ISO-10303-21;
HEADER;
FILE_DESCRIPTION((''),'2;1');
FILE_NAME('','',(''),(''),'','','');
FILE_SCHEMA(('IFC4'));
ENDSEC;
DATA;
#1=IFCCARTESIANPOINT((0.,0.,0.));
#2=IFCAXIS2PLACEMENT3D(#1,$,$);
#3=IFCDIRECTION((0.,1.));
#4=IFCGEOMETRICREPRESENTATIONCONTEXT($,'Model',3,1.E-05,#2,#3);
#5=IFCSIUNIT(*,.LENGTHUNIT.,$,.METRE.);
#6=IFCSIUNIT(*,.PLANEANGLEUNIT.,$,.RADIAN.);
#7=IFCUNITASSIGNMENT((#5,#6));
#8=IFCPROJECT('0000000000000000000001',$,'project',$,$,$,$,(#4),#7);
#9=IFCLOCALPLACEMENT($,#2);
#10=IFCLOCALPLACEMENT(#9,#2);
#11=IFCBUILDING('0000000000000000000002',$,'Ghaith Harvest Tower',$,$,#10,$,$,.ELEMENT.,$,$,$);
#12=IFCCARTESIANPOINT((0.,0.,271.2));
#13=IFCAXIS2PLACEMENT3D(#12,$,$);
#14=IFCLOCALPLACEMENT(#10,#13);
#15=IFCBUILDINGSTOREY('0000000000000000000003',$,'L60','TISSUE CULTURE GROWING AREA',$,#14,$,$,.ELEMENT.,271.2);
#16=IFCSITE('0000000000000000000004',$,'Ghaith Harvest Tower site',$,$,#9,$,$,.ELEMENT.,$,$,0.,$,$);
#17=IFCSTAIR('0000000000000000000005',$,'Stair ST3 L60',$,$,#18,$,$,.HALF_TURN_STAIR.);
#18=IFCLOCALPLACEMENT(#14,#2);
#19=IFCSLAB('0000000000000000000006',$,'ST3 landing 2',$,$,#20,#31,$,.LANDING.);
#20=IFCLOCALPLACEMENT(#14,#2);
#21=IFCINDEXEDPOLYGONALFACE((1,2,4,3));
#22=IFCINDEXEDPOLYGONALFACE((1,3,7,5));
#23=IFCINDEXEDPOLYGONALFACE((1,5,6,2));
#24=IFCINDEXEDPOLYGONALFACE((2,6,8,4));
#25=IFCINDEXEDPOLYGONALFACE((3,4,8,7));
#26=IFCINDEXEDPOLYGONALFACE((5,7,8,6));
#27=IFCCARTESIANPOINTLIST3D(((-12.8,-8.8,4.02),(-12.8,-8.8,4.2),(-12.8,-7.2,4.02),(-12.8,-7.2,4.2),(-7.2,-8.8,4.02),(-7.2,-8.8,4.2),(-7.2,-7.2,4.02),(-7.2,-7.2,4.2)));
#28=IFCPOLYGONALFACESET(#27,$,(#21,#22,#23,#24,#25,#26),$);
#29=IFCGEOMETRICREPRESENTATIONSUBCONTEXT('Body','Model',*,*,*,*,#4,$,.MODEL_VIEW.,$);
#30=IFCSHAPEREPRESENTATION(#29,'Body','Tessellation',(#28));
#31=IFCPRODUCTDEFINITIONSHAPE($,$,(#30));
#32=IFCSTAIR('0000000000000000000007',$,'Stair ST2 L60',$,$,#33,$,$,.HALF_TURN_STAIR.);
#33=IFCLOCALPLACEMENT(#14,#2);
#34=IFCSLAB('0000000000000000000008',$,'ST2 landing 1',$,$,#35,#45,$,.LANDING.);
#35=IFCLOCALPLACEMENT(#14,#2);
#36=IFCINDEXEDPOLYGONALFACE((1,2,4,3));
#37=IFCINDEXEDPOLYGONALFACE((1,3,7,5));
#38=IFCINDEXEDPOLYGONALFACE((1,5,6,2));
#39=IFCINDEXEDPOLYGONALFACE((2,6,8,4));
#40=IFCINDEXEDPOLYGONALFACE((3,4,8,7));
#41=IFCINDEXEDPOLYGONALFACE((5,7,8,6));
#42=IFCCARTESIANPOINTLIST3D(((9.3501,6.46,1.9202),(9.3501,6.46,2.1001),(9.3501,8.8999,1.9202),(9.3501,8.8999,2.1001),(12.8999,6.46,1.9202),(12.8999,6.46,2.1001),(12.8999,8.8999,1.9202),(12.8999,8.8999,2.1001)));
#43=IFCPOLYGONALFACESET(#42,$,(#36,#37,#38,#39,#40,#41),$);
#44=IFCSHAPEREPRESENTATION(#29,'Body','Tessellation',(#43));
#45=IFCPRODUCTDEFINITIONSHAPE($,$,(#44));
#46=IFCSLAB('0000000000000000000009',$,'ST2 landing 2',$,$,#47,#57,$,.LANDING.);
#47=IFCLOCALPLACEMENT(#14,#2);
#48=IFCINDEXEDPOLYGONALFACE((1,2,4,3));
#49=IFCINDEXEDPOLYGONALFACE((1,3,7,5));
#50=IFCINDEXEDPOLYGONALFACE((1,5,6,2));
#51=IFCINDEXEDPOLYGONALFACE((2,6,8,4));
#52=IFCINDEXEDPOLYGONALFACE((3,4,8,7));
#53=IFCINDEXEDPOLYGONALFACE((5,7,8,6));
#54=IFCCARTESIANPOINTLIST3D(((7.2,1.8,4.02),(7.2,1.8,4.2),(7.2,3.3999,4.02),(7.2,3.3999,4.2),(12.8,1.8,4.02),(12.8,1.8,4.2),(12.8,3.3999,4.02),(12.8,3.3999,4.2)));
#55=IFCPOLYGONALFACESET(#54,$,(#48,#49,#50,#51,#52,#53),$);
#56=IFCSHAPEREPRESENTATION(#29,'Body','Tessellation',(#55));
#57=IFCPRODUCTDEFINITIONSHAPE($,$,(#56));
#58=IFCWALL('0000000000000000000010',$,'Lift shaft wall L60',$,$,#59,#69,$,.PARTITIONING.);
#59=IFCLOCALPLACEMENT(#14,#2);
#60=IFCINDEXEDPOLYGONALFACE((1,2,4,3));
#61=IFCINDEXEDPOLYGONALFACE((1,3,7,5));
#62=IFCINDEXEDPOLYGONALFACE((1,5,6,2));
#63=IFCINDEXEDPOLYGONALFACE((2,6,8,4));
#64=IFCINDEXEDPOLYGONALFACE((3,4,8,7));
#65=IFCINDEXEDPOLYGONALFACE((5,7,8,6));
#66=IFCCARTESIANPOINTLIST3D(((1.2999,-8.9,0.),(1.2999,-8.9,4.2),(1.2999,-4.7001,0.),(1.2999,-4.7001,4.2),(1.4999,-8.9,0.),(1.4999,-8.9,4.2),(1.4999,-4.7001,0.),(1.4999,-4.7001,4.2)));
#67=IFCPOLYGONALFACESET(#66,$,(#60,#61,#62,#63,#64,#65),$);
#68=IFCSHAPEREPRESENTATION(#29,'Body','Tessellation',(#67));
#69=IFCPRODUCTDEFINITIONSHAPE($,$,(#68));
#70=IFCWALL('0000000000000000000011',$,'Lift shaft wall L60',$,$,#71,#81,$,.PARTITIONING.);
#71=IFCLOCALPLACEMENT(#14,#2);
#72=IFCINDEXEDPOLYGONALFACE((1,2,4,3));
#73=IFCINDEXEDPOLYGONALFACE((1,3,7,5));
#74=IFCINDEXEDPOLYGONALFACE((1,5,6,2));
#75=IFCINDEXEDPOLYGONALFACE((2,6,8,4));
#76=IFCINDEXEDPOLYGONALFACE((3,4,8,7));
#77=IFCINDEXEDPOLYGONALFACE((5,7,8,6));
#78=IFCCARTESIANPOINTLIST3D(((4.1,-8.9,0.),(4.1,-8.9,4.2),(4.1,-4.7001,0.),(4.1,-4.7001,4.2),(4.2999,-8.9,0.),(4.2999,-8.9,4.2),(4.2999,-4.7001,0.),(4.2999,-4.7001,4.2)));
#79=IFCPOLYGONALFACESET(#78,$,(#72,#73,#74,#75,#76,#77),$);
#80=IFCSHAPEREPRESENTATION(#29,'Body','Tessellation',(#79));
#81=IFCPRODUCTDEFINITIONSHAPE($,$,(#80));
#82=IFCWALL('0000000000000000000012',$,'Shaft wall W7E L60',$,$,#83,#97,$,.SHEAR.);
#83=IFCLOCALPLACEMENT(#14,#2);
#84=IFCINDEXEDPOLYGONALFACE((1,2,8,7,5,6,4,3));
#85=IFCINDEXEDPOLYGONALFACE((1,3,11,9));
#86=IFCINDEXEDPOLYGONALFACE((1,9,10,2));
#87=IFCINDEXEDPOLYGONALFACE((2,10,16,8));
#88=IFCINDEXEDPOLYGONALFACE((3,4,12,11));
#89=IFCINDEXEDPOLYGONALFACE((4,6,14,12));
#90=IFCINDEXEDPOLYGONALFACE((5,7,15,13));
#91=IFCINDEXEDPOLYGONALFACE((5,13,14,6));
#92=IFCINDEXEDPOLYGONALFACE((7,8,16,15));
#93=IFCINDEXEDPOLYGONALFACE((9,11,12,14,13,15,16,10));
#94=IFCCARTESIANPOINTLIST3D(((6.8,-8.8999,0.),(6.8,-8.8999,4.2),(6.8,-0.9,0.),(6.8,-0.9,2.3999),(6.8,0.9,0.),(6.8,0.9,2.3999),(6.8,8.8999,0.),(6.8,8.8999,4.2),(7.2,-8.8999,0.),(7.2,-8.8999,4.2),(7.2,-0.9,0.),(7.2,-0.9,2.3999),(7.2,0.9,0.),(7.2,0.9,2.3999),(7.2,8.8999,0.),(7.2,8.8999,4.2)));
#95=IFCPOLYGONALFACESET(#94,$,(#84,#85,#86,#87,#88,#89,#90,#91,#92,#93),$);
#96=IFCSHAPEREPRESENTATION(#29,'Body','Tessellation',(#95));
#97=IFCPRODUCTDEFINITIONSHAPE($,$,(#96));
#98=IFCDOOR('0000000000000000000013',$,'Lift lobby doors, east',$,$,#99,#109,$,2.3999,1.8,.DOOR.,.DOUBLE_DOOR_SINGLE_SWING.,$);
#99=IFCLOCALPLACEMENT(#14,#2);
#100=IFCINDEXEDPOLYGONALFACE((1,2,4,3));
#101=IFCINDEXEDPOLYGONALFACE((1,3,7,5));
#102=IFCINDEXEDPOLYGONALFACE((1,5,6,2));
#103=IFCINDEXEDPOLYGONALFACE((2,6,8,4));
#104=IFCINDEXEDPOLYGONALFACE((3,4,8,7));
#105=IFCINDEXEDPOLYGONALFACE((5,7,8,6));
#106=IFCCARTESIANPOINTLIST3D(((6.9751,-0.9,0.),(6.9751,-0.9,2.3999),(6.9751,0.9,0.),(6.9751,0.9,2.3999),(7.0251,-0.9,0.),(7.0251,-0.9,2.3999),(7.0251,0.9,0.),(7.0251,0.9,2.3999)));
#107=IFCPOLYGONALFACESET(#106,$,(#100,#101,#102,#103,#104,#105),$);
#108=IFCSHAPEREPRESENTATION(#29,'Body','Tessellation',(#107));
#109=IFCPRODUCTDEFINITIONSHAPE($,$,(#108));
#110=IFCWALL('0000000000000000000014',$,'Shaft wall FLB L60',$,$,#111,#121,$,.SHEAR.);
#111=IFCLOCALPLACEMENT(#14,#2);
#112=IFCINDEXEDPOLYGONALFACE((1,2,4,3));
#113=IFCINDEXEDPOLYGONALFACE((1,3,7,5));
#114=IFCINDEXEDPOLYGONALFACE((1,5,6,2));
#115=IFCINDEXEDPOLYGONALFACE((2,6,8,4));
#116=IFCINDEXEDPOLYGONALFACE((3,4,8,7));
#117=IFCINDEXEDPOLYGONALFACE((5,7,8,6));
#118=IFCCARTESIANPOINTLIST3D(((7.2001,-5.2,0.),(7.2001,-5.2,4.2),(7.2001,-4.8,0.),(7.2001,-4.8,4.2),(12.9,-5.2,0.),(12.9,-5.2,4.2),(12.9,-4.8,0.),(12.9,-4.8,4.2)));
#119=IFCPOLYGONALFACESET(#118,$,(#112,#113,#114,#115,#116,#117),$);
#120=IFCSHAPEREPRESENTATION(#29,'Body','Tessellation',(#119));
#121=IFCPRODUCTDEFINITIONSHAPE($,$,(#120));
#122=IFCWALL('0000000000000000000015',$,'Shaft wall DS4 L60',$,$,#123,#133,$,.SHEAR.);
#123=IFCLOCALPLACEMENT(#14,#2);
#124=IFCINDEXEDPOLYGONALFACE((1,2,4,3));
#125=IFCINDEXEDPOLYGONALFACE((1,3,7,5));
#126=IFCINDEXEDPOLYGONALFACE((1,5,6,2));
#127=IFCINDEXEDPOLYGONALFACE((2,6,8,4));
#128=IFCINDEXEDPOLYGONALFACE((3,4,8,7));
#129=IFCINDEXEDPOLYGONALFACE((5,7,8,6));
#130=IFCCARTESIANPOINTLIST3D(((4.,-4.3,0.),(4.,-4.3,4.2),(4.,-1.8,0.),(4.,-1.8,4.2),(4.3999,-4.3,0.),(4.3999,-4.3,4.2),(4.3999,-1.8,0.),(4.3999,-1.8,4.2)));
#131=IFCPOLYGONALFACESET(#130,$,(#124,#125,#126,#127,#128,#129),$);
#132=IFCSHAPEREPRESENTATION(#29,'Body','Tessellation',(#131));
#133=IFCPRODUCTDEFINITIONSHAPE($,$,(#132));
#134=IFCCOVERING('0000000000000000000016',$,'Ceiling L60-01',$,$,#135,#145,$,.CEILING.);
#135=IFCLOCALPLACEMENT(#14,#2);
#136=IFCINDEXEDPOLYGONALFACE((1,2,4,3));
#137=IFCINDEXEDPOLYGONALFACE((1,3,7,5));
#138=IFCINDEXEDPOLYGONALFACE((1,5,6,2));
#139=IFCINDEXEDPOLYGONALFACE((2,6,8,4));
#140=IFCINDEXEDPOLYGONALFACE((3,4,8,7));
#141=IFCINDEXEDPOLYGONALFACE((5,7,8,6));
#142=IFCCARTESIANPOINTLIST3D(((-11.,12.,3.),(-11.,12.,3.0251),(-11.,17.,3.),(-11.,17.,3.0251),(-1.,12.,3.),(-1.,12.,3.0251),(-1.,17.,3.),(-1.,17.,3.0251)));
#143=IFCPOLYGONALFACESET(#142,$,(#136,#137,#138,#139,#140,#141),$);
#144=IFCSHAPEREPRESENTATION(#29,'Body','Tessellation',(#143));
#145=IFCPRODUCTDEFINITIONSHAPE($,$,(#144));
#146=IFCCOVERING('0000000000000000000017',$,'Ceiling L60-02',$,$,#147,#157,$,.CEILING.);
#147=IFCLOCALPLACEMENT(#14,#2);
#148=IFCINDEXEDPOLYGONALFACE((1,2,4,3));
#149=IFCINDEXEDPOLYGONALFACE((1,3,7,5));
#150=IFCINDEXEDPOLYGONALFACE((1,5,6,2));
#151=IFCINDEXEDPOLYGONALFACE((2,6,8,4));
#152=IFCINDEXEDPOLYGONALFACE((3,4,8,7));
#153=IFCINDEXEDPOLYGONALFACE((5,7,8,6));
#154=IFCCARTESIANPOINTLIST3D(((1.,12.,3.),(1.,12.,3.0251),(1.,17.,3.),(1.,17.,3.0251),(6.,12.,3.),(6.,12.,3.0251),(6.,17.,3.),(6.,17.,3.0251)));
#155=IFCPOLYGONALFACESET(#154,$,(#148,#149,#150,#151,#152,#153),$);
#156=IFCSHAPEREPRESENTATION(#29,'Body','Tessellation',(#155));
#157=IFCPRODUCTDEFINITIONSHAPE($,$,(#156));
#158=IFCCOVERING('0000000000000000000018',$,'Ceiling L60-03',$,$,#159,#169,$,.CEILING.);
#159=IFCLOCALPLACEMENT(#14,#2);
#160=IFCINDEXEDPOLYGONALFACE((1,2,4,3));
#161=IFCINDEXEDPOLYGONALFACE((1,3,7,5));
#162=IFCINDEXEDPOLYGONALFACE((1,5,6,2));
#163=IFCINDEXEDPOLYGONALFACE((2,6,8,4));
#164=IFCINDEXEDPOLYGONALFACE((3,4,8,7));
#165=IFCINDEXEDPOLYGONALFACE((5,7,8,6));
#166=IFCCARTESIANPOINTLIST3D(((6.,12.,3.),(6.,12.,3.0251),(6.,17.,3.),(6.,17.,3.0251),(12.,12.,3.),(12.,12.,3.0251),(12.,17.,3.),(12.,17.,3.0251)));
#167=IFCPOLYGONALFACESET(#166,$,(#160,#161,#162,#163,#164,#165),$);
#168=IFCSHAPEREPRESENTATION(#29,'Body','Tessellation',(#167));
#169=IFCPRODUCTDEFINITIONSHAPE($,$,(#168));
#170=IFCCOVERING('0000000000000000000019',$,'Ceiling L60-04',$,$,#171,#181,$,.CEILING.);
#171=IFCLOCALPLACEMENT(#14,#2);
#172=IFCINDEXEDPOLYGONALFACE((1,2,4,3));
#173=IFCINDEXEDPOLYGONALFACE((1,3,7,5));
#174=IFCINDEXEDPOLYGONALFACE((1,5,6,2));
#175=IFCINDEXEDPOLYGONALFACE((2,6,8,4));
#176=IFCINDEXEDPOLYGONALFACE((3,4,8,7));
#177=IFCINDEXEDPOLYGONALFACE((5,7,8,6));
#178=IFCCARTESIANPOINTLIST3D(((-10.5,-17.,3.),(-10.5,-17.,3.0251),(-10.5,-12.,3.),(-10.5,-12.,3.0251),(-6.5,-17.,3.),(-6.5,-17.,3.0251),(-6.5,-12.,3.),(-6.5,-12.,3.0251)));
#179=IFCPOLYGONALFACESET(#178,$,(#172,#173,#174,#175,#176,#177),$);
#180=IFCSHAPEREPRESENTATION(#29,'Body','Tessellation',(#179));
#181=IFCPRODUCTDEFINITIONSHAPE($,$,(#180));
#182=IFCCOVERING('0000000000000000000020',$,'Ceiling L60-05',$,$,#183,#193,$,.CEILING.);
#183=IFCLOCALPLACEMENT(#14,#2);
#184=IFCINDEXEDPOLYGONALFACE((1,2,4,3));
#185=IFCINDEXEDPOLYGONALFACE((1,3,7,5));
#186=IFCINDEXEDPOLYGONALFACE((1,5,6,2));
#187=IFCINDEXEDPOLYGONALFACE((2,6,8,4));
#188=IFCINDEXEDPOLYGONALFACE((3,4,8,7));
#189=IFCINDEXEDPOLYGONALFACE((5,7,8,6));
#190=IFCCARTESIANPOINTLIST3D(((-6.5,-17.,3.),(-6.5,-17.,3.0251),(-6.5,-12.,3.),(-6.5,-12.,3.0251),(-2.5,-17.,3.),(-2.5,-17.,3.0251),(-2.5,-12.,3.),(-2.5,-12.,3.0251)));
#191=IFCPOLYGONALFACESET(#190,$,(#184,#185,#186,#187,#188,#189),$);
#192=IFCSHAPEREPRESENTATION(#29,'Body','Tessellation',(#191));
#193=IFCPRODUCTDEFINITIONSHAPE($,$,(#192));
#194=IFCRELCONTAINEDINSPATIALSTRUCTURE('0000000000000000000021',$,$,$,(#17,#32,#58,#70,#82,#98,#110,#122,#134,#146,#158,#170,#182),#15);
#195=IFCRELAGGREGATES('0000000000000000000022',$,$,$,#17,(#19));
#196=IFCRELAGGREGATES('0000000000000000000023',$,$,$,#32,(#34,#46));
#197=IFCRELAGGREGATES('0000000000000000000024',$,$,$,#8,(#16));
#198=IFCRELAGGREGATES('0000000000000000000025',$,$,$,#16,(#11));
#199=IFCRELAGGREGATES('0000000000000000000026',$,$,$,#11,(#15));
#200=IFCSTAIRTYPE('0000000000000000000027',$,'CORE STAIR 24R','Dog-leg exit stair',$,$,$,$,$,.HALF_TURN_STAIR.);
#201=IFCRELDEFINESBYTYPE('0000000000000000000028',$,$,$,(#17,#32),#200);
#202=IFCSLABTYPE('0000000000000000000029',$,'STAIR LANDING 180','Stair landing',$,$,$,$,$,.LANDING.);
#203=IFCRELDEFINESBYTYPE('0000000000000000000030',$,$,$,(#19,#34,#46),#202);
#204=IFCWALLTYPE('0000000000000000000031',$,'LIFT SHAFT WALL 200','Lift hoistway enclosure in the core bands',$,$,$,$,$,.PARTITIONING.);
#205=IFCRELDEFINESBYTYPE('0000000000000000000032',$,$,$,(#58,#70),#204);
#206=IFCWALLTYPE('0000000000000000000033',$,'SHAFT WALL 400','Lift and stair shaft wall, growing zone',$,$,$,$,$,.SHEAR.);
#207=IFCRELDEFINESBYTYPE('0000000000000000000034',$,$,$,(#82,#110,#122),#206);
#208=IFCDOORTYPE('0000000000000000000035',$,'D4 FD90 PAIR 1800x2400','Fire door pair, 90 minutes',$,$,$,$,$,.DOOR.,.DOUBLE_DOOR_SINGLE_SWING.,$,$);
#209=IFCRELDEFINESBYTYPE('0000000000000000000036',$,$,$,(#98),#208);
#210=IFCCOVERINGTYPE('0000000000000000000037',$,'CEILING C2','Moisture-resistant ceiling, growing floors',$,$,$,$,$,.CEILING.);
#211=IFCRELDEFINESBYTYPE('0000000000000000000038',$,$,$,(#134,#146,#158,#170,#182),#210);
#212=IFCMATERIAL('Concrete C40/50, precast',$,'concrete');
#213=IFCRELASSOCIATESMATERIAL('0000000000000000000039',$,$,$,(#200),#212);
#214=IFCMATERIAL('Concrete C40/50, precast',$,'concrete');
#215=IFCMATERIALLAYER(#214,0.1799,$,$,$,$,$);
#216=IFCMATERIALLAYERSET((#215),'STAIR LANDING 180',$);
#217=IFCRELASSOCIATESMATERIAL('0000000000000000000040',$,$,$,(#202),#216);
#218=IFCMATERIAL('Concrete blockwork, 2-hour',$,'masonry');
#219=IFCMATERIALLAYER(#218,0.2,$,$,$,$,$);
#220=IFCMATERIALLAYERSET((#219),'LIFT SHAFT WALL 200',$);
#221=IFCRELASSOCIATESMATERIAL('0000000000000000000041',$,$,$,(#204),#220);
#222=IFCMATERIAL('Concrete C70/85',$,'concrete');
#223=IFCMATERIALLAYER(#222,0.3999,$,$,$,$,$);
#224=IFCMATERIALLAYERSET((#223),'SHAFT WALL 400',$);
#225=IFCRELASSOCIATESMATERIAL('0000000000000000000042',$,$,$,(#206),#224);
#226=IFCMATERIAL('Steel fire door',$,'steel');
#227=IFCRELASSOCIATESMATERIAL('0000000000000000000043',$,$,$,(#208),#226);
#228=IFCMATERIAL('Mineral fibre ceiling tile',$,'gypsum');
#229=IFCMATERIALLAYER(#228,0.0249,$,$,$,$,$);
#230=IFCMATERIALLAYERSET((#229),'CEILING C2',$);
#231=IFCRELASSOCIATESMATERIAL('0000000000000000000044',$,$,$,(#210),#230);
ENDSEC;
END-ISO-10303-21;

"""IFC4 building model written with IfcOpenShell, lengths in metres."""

from ifc_helpers import new_model, si_unit, direction, frame, frame_2d, origin, place, context, subcontext, project, spatial, polyline, rectangle, outline, extrude, material, layer, layer_set, type_object, element, fill, aggregate, save


model = new_model("IFC4")

# Units and contexts
model_context = context("Model", 3, precision=1e-05, world=origin(), true_north=direction((0.0, 1.0)))
body_context = subcontext(model_context, "Body", "Model", "MODEL_VIEW")
ifc_project = project(units=[si_unit("LENGTHUNIT", "METRE"), si_unit("PLANEANGLEUNIT", "RADIAN")], contexts=[model_context])

# Site, building, storey
site_placement = place(None, origin())
site = spatial("IfcSite", under=ifc_project, at=site_placement, Name="Ghaith Harvest Tower site", CompositionType="ELEMENT", RefElevation=0.0)
building_placement = place(site_placement, origin())
building = spatial("IfcBuilding", under=site, at=building_placement, Name="Ghaith Harvest Tower", CompositionType="ELEMENT")
storey_placement = place(building_placement, frame((0.0, 0.0, 271.2)))
storey = spatial("IfcBuildingStorey", under=building, at=storey_placement, Name="L60", Description="TISSUE CULTURE GROWING AREA", CompositionType="ELEMENT", Elevation=271.2)

# Stair, slab
ifc_material_1 = material(Name="Concrete C40/50, precast", Category="concrete")
stair_type = type_object("IfcStairType", Name="CORE STAIR 24R", Description="Dog-leg exit stair", PredefinedType="HALF_TURN_STAIR", material=ifc_material_1)
stair_1_placement = place(storey_placement, origin())
stair_1 = element("IfcStair", 1, at=stair_1_placement, inside=storey, type_object=stair_type, Name="Stair ST3 L60", PredefinedType="HALF_TURN_STAIR")
ifc_material_2 = material(Name="Concrete C40/50, precast", Category="concrete")
ifc_layer_1 = layer(ifc_material_2, 0.1799)
ifc_layer_set_1 = layer_set([ifc_layer_1], Name="STAIR LANDING 180")
slab_type = type_object("IfcSlabType", Name="STAIR LANDING 180", Description="Stair landing", PredefinedType="LANDING", material=ifc_layer_set_1)
slab_1_placement = place(storey_placement, frame((0.0, 0.0, 4.02)))
slab_1 = element("IfcSlab", 2, at=slab_1_placement, type_object=slab_type, Name="ST3 landing 2", PredefinedType="LANDING", context=body_context, shape_type="SweptSolid", body=[
    extrude(outline(polyline([(-12.8, -8.8), (-12.8, -7.2), (-7.2, -7.2), (-7.2, -8.8), (-12.8, -8.8)])), origin(), (0.0, 0.0, 1.0), 0.1799),
])
aggregate(stair_1, [slab_1])

# Stair, slabs
stair_2_placement = place(storey_placement, origin())
stair_2 = element("IfcStair", 3, at=stair_2_placement, inside=storey, type_object=stair_type, Name="Stair ST2 L60", PredefinedType="HALF_TURN_STAIR")
slab_2_placement = place(storey_placement, frame((0.0, 0.0, 1.9202)))
slab_2 = element("IfcSlab", 4, at=slab_2_placement, type_object=slab_type, Name="ST2 landing 1", PredefinedType="LANDING", context=body_context, shape_type="SweptSolid", body=[
    extrude(outline(polyline([(12.8999, 6.46), (12.8999, 8.8999), (9.3501, 8.8999), (9.3501, 6.46), (12.8999, 6.46)])), origin(), (0.0, 0.0, 1.0), 0.1799),
])
slab_3_placement = place(storey_placement, frame((0.0, 0.0, 4.02)))
slab_3 = element("IfcSlab", 5, at=slab_3_placement, type_object=slab_type, Name="ST2 landing 2", PredefinedType="LANDING", context=body_context, shape_type="SweptSolid", body=[
    extrude(outline(polyline([(12.8, 1.8), (12.8, 3.3999), (7.2, 3.3999), (7.2, 1.8), (12.8, 1.8)])), origin(), (0.0, 0.0, 1.0), 0.1799),
])
aggregate(stair_2, [slab_2, slab_3])

# Walls
ifc_material_3 = material(Name="Concrete blockwork, 2-hour", Category="masonry")
ifc_layer_2 = layer(ifc_material_3, 0.2)
ifc_layer_set_2 = layer_set([ifc_layer_2], Name="LIFT SHAFT WALL 200")
wall_type_1 = type_object("IfcWallType", Name="LIFT SHAFT WALL 200", Description="Lift hoistway enclosure in the core bands", PredefinedType="PARTITIONING", material=ifc_layer_set_2)
for number, where, z_axis, x_axis, name in (
    (6, (1.3999, -4.7, 0.0), (0.0, 0.0, 1.0), (0.0, -1.0, 0.0), "Lift shaft wall L60"),
    (7, (4.2, -4.7, 0.0), (0.0, 0.0, 1.0), (0.0, -1.0, 0.0), "Lift shaft wall L60"),
):
    element("IfcWall", number, at=place(storey_placement, frame(where, z_axis=z_axis, x_axis=x_axis)), inside=storey, type_object=wall_type_1, Name=name, PredefinedType="PARTITIONING", context=body_context, shape_type="SweptSolid", body=[
        extrude(rectangle(XDim=4.2, YDim=0.2, at=frame_2d((2.1001, 0.0))), origin(), (0.0, 0.0, 1.0), 4.2),
    ])

# Wall, opening, door
ifc_material_4 = material(Name="Concrete C70/85", Category="concrete")
ifc_layer_3 = layer(ifc_material_4, 0.3999)
ifc_layer_set_3 = layer_set([ifc_layer_3], Name="SHAFT WALL 400")
wall_type_2 = type_object("IfcWallType", Name="SHAFT WALL 400", Description="Lift and stair shaft wall, growing zone", PredefinedType="SHEAR", material=ifc_layer_set_3)
wall_1_placement = place(storey_placement, frame((7.0, -8.8999, 0.0), z_axis=(0.0, 0.0, 1.0), x_axis=(0.0, 1.0, 0.0)))
wall_1 = element("IfcWall", 8, at=wall_1_placement, inside=storey, type_object=wall_type_2, Name="Shaft wall W7E L60", PredefinedType="SHEAR", context=body_context, shape_type="SweptSolid", body=[
    extrude(rectangle(XDim=17.7998, YDim=0.3999, at=frame_2d((8.8999, 0.0))), origin(), (0.0, 0.0, 1.0), 4.2),
])
opening_1_placement = place(wall_1_placement, frame((8.0, 0.0, 0.0)))
opening_1 = element("IfcOpeningElement", 9, at=opening_1_placement, cuts=wall_1, PredefinedType="OPENING", context=body_context, shape_type="SweptSolid", body=[
    extrude(rectangle(XDim=1.8, YDim=2.3999, at=frame_2d((0.8999, 1.2))), frame((0.0, 0.21, 0.0), z_axis=(0.0, -1.0, 0.0), x_axis=(1.0, 0.0, 0.0)), (0.0, 0.0, 1.0), 0.4199),
])
ifc_material_5 = material(Name="Steel fire door", Category="steel")
door_type_1 = type_object("IfcDoorType", Name="D4 FD90 PAIR 1800x2400", Description="Fire door pair, 90 minutes", OperationType="DOUBLE_DOOR_SINGLE_SWING", PredefinedType="DOOR", material=ifc_material_5)
door_1_placement = place(opening_1_placement, origin())
door_1 = element("IfcDoor", 10, at=door_1_placement, inside=storey, type_object=door_type_1, Name="Lift lobby doors, east", OperationType="DOUBLE_DOOR_SINGLE_SWING", OverallHeight=2.3999, OverallWidth=1.8, PredefinedType="DOOR", context=body_context, shape_type="SweptSolid", body=[
    extrude(rectangle(XDim=1.8, YDim=2.3999, at=frame_2d((0.8999, 1.2))), frame((0.0, 0.0249, 0.0), z_axis=(0.0, -1.0, 0.0), x_axis=(1.0, 0.0, 0.0)), (0.0, 0.0, 1.0), 0.05),
])
fill(opening_1, door_1)

# Walls
wall_2_placement = place(storey_placement, frame((7.2, -5.0, 0.0), z_axis=(0.0, 0.0, 1.0), x_axis=(1.0, 0.0, 0.0)))
element("IfcWall", 11, at=wall_2_placement, inside=storey, type_object=wall_type_2, Name="Shaft wall FLB L60", PredefinedType="SHEAR", context=body_context, shape_type="SweptSolid", body=[
    extrude(rectangle(XDim=5.7, YDim=0.3999, at=frame_2d((2.8501, 0.0))), origin(), (0.0, 0.0, 1.0), 4.2),
])
wall_3_placement = place(storey_placement, frame((4.2, -4.3, 0.0), z_axis=(0.0, 0.0, 1.0), x_axis=(0.0, 1.0, 0.0)))
element("IfcWall", 12, at=wall_3_placement, inside=storey, type_object=wall_type_2, Name="Shaft wall DS4 L60", PredefinedType="SHEAR", context=body_context, shape_type="SweptSolid", body=[
    extrude(rectangle(XDim=2.5, YDim=0.3999, at=frame_2d((1.25, 0.0))), origin(), (0.0, 0.0, 1.0), 4.2),
])

# Coverings
ifc_material_6 = material(Name="Mineral fibre ceiling tile", Category="gypsum")
ifc_layer_4 = layer(ifc_material_6, 0.0249)
ifc_layer_set_4 = layer_set([ifc_layer_4], Name="CEILING C2")
covering_type = type_object("IfcCoveringType", Name="CEILING C2", Description="Moisture-resistant ceiling, growing floors", PredefinedType="CEILING", material=ifc_layer_set_4)
covering_1_placement = place(storey_placement, frame((0.0, 0.0, 3.0)))
element("IfcCovering", 13, at=covering_1_placement, inside=storey, type_object=covering_type, Name="Ceiling L60-01", PredefinedType="CEILING", context=body_context, shape_type="SweptSolid", body=[
    extrude(outline(polyline([(-11.0, 12.0), (-1.0, 12.0), (-1.0, 17.0), (-11.0, 17.0), (-11.0, 12.0)])), origin(), (0.0, 0.0, 1.0), 0.0251),
])
covering_2_placement = place(storey_placement, frame((0.0, 0.0, 3.0)))
element("IfcCovering", 14, at=covering_2_placement, inside=storey, type_object=covering_type, Name="Ceiling L60-02", PredefinedType="CEILING", context=body_context, shape_type="SweptSolid", body=[
    extrude(outline(polyline([(1.0, 12.0), (6.0, 12.0), (6.0, 17.0), (1.0, 17.0), (1.0, 12.0)])), origin(), (0.0, 0.0, 1.0), 0.0251),
])
covering_3_placement = place(storey_placement, frame((0.0, 0.0, 3.0)))
element("IfcCovering", 15, at=covering_3_placement, inside=storey, type_object=covering_type, Name="Ceiling L60-03", PredefinedType="CEILING", context=body_context, shape_type="SweptSolid", body=[
    extrude(outline(polyline([(6.0, 12.0), (12.0, 12.0), (12.0, 17.0), (6.0, 17.0), (6.0, 12.0)])), origin(), (0.0, 0.0, 1.0), 0.0251),
])
covering_4_placement = place(storey_placement, frame((0.0, 0.0, 3.0)))
element("IfcCovering", 16, at=covering_4_placement, inside=storey, type_object=covering_type, Name="Ceiling L60-04", PredefinedType="CEILING", context=body_context, shape_type="SweptSolid", body=[
    extrude(outline(polyline([(-10.5, -17.0), (-6.5, -17.0), (-6.5, -12.0), (-10.5, -12.0), (-10.5, -17.0)])), origin(), (0.0, 0.0, 1.0), 0.0251),
])
covering_5_placement = place(storey_placement, frame((0.0, 0.0, 3.0)))
element("IfcCovering", 17, at=covering_5_placement, inside=storey, type_object=covering_type, Name="Ceiling L60-05", PredefinedType="CEILING", context=body_context, shape_type="SweptSolid", body=[
    extrude(outline(polyline([(-6.5, -17.0), (-2.5, -17.0), (-2.5, -12.0), (-6.5, -12.0), (-6.5, -17.0)])), origin(), (0.0, 0.0, 1.0), 0.0251),
])

save(model, "model.ifc")
